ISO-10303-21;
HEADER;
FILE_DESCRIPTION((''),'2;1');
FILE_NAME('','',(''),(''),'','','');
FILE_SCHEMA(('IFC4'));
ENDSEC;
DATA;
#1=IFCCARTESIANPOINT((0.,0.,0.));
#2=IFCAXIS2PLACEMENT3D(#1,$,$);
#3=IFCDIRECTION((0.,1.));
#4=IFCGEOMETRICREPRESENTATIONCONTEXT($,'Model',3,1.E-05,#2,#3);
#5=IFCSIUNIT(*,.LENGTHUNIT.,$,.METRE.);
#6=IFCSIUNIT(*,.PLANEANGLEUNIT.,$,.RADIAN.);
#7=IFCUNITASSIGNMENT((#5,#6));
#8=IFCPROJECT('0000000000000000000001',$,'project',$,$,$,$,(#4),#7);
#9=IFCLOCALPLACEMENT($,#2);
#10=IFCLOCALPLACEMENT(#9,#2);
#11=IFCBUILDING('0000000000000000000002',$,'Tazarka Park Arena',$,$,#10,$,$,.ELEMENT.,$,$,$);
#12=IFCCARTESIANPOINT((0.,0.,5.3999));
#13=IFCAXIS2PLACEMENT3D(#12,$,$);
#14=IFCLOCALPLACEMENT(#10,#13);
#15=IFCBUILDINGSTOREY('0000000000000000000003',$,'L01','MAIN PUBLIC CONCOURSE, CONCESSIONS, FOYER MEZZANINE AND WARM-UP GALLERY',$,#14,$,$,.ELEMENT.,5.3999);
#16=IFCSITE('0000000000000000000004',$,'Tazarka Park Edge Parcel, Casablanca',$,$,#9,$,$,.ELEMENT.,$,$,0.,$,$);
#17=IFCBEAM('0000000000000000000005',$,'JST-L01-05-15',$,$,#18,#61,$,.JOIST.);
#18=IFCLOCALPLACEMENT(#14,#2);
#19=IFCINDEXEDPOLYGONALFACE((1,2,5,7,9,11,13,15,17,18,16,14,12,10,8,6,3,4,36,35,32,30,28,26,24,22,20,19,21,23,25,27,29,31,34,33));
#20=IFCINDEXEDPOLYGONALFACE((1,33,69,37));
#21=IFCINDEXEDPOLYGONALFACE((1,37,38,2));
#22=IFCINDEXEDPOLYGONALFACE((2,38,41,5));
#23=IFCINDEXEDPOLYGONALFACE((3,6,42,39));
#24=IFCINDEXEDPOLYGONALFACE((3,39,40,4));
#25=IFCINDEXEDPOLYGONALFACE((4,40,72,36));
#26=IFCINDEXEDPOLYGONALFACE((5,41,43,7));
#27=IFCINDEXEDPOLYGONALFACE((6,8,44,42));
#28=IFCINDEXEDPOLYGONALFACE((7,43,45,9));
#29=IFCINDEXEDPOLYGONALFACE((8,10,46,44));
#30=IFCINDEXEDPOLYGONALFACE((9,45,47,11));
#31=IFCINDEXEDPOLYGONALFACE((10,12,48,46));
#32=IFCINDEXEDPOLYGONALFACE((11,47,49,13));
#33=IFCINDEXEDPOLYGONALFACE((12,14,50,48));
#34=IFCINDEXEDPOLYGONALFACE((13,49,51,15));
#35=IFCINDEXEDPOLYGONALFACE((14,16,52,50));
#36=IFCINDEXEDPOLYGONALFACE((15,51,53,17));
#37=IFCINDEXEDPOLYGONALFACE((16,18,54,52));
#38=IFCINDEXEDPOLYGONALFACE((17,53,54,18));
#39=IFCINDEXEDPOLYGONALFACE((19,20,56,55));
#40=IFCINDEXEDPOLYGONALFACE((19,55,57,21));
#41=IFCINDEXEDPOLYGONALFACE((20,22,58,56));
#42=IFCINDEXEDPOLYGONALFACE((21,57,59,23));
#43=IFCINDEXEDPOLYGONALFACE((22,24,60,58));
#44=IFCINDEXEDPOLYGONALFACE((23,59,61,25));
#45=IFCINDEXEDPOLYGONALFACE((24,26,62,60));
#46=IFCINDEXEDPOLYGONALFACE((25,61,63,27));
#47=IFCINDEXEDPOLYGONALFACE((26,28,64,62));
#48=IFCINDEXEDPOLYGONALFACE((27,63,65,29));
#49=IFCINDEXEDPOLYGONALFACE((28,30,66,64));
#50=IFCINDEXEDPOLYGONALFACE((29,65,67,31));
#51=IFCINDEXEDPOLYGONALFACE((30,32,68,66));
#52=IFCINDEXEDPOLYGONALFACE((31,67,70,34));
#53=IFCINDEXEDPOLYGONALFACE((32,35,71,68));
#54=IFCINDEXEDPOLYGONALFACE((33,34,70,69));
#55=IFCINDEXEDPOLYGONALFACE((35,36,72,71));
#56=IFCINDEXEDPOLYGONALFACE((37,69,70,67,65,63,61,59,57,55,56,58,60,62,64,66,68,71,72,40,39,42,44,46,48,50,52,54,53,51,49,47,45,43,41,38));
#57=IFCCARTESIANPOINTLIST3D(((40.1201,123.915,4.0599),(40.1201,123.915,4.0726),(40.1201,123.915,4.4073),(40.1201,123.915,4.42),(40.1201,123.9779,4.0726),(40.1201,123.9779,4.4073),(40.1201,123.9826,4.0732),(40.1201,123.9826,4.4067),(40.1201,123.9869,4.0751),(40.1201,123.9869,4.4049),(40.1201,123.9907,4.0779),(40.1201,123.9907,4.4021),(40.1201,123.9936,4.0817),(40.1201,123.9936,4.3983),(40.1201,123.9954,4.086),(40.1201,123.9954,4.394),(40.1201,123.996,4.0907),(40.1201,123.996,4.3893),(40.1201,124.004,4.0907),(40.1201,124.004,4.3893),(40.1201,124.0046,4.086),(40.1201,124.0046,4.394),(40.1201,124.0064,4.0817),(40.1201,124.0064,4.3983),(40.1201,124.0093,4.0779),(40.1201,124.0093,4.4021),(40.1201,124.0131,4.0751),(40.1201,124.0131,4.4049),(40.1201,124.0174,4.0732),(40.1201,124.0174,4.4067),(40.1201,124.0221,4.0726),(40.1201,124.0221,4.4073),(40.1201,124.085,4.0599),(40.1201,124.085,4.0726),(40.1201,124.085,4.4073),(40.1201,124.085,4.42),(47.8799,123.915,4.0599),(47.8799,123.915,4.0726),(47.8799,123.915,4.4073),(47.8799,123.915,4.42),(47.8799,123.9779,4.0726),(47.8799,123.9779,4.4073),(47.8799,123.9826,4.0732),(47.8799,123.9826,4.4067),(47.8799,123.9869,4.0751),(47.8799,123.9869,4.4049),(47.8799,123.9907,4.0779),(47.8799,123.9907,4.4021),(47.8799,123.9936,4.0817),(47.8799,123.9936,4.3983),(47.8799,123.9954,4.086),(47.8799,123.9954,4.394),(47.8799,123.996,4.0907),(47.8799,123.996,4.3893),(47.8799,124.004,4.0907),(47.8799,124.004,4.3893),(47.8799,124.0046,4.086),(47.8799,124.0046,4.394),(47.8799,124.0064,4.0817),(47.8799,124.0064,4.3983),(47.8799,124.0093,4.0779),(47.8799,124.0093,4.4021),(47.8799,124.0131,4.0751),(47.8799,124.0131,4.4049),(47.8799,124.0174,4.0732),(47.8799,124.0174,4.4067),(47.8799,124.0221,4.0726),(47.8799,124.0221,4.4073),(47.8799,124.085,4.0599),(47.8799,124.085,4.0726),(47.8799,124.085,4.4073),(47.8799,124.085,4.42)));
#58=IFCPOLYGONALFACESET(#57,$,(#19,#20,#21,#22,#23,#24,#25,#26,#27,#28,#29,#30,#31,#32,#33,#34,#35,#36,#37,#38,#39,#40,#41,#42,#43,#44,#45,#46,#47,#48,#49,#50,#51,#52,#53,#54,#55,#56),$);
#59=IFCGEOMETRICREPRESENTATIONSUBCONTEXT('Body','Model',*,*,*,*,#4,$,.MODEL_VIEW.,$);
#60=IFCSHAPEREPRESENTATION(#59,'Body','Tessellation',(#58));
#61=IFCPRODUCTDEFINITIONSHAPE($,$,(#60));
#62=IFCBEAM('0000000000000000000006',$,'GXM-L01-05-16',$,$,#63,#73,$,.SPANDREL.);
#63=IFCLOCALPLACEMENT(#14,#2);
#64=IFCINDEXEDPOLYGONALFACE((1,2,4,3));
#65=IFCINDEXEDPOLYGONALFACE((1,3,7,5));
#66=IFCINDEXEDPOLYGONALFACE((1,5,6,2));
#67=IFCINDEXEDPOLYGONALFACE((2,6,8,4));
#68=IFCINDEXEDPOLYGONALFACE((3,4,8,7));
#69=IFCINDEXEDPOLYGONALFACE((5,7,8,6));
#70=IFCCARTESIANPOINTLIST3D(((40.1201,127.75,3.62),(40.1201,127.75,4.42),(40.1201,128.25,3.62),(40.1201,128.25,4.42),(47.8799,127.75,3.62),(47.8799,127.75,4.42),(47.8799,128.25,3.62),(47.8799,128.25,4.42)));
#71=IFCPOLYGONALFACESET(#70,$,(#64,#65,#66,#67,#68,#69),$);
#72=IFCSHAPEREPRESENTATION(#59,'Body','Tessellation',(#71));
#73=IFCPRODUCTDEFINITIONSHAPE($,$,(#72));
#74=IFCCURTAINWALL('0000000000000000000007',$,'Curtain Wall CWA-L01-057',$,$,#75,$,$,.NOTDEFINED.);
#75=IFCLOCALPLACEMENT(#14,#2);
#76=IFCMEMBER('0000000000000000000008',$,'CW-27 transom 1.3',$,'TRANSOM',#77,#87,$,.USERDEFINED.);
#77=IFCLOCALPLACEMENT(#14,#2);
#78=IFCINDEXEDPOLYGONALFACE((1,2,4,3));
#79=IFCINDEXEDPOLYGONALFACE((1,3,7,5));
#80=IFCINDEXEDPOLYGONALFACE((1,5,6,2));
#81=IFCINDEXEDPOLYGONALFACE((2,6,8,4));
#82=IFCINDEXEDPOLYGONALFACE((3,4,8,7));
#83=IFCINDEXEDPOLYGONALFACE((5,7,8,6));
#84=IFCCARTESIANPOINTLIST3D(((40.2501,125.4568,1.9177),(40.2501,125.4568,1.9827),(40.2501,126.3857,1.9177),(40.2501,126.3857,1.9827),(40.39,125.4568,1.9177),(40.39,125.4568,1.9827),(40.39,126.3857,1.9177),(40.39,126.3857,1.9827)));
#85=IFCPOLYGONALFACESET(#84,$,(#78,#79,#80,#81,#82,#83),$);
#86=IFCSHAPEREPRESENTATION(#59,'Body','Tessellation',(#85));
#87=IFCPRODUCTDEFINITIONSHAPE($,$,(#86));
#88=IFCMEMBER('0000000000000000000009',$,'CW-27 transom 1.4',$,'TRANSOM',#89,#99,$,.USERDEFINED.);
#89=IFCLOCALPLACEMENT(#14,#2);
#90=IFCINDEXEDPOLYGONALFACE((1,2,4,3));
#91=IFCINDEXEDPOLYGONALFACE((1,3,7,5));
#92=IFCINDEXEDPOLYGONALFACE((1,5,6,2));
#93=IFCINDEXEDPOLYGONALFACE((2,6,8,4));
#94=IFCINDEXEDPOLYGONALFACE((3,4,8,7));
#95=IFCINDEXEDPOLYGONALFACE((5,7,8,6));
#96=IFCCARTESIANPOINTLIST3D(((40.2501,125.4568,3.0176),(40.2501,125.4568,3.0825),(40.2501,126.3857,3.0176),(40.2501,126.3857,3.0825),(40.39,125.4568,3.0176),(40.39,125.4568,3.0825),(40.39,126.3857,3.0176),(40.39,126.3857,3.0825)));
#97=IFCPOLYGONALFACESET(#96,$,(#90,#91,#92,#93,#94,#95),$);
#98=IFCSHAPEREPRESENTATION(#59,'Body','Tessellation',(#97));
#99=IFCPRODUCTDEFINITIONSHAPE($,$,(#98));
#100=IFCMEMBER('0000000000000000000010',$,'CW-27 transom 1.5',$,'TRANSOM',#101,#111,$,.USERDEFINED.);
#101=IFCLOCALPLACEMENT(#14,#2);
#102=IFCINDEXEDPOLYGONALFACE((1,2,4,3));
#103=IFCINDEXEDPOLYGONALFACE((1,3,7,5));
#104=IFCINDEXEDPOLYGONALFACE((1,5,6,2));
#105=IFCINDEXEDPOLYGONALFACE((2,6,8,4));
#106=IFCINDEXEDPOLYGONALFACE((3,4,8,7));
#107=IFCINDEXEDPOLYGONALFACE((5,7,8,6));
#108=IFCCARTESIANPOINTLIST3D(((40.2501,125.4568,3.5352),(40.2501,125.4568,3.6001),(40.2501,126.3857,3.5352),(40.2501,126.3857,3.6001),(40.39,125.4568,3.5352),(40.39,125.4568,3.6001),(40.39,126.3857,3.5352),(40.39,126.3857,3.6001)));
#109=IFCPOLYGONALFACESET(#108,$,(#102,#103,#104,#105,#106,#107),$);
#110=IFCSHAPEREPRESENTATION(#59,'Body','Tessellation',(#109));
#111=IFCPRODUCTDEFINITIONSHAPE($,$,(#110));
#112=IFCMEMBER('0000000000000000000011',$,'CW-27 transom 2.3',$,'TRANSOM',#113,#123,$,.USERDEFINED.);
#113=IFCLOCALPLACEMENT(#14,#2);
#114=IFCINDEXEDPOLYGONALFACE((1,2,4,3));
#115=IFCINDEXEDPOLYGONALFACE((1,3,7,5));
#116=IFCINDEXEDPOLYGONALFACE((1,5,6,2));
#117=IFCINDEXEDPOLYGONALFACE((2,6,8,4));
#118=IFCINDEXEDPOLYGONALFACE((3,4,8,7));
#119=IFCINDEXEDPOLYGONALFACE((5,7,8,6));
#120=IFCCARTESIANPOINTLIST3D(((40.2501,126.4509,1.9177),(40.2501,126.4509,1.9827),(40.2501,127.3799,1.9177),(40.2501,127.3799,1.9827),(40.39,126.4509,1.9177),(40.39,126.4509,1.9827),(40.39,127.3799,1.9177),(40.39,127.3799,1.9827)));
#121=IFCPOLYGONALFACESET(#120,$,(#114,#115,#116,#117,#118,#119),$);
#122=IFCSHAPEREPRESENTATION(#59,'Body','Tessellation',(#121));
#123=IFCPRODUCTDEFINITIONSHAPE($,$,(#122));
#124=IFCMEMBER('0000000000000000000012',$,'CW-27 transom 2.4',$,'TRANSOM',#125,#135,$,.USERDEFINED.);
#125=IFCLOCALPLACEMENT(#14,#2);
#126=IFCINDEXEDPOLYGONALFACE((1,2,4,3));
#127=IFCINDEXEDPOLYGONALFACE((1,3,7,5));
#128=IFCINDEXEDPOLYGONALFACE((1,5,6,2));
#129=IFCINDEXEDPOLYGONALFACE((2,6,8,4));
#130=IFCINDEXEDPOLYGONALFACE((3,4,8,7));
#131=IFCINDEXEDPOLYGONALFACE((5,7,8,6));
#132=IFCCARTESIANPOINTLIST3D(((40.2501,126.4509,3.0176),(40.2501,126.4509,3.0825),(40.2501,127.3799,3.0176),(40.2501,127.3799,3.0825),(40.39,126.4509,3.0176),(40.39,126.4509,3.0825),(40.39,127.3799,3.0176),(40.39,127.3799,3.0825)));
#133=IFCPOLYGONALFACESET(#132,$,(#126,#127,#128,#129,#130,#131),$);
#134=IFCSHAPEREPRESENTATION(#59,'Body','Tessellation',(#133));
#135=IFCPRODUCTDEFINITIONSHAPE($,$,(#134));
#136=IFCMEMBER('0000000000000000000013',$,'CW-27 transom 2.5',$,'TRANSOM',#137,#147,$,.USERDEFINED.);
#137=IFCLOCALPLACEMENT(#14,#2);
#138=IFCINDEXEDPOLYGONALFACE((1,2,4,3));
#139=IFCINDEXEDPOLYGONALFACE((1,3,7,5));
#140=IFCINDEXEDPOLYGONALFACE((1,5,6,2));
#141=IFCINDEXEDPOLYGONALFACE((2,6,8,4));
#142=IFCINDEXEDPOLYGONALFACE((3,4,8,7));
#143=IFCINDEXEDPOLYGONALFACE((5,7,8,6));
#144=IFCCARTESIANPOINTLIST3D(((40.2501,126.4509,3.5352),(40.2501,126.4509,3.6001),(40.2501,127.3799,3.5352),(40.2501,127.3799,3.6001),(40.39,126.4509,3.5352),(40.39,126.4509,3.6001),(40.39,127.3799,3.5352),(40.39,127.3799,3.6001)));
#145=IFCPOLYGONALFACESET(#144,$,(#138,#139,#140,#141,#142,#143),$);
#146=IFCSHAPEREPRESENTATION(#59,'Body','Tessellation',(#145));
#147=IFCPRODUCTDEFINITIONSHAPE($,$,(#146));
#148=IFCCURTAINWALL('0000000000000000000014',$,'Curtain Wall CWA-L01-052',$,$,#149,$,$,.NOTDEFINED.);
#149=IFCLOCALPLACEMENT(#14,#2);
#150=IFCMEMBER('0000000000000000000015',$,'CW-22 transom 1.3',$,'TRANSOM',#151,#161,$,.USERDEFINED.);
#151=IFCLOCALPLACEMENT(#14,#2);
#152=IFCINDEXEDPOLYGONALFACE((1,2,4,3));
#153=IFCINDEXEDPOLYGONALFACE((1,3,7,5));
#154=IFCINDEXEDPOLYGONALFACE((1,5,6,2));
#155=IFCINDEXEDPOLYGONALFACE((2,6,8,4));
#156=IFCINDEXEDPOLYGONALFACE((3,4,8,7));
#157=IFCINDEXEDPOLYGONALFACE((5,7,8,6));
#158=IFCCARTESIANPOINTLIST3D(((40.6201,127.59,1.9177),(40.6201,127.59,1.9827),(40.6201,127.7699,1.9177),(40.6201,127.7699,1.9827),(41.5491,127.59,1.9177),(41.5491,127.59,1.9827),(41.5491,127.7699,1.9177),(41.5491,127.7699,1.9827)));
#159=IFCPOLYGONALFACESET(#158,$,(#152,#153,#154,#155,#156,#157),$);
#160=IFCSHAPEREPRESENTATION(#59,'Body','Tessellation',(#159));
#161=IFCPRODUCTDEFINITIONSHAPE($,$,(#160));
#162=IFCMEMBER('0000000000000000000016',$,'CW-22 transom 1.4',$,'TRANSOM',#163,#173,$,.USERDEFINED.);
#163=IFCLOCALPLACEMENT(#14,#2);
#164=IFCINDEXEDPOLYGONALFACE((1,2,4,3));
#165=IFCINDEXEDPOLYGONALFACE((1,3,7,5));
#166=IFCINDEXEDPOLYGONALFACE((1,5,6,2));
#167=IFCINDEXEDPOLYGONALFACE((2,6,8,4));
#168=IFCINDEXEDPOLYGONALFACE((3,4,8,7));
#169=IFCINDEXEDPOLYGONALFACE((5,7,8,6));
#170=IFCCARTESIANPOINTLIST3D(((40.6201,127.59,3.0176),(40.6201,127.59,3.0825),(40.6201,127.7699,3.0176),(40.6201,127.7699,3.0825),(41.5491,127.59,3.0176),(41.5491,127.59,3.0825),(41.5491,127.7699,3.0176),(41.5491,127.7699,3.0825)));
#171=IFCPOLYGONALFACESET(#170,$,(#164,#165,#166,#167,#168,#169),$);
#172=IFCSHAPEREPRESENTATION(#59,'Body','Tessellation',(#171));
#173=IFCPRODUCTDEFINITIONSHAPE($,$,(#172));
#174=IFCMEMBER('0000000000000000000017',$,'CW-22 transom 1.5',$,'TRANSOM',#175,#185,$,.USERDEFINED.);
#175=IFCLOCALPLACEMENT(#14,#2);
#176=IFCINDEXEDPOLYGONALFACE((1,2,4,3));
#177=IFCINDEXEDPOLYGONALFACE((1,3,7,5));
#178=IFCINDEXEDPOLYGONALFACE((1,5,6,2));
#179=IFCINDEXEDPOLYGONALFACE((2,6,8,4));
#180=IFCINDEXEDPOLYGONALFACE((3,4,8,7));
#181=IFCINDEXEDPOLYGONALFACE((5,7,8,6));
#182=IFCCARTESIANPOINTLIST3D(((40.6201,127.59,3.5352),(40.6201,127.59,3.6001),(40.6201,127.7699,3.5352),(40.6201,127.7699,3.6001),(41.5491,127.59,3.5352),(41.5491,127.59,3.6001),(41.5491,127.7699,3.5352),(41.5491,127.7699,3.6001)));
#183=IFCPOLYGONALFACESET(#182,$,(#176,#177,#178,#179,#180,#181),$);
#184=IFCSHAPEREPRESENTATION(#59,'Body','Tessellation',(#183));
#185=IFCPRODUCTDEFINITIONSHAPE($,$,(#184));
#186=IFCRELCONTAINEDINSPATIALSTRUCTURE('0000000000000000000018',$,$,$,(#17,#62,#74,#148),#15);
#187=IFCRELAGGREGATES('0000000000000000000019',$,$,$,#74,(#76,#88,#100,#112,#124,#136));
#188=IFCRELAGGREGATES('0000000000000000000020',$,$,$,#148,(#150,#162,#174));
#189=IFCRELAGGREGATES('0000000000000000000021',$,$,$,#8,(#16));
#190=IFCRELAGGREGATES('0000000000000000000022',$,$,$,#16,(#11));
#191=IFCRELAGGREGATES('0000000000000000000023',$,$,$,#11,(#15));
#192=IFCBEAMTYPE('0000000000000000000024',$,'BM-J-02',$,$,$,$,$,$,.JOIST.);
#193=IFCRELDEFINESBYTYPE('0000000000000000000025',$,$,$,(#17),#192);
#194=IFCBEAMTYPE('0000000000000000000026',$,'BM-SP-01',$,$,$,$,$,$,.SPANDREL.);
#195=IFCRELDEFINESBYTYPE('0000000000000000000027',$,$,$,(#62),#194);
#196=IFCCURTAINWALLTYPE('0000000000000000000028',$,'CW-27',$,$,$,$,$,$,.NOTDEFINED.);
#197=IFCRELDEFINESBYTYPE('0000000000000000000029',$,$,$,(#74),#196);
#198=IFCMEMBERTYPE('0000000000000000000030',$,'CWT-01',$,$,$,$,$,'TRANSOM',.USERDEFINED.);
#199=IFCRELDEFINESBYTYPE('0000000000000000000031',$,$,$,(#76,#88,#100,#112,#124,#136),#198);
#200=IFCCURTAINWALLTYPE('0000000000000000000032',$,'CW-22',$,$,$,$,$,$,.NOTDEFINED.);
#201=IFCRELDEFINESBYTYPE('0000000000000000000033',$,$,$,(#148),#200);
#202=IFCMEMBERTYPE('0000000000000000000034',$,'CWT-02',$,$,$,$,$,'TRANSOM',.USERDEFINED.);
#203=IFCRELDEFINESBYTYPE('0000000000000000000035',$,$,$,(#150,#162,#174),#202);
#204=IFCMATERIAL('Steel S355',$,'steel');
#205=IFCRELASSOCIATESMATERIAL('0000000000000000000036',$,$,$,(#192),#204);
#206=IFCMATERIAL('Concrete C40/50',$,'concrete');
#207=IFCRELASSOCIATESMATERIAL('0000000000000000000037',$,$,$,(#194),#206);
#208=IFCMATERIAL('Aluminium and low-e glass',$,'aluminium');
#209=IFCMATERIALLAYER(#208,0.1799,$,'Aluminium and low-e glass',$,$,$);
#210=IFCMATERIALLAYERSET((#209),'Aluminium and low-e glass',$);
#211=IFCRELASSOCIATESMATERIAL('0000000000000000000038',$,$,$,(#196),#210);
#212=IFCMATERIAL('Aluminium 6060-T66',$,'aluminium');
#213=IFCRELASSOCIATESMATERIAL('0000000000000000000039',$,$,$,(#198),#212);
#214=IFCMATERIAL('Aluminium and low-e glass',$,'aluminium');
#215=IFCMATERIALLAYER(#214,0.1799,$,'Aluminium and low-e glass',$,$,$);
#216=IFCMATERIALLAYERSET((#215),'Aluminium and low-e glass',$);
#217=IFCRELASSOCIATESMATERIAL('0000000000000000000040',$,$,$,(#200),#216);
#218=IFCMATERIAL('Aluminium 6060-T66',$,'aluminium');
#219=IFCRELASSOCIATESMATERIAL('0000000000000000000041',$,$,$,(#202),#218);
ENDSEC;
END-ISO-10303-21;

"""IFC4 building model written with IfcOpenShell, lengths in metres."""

from ifc_helpers import new_model, si_unit, direction, frame, origin, origin_2d, place, context, subcontext, project, spatial, rectangle, i_section, extrude, material, layer, layer_set, material_profile, profile_set, type_object, element, aggregate, save


model = new_model("IFC4")

# Units and contexts
model_context = context("Model", 3, precision=1e-05, world=origin(), true_north=direction((0.0, 1.0)))
body_context = subcontext(model_context, "Body", "Model", "MODEL_VIEW")
ifc_project = project(units=[si_unit("LENGTHUNIT", "METRE"), si_unit("PLANEANGLEUNIT", "RADIAN")], contexts=[model_context])

# Site, building, storey
site_placement = place(None, origin())
site = spatial("IfcSite", under=ifc_project, at=site_placement, Name="Tazarka Park Edge Parcel, Casablanca", CompositionType="ELEMENT", RefElevation=0.0)
building_placement = place(site_placement, origin())
building = spatial("IfcBuilding", under=site, at=building_placement, Name="Tazarka Park Arena", CompositionType="ELEMENT")
storey_placement = place(building_placement, frame((0.0, 0.0, 5.3999)))
storey = spatial("IfcBuildingStorey", under=building, at=storey_placement, Name="L01", Description="MAIN PUBLIC CONCOURSE, CONCESSIONS, FOYER MEZZANINE AND WARM-UP GALLERY", CompositionType="ELEMENT", Elevation=5.3999)

# Beams
ifc_material_1 = material(Name="Steel S355", Category="steel")
ifc_material_profile_1 = material_profile(ifc_material_1, i_section(OverallWidth=0.1699, OverallDepth=0.3601, WebThickness=0.0081, FlangeThickness=0.0127, FilletRadius=0.0181, at=origin_2d()), Name="Steel S355")
ifc_profile_set_1 = profile_set([ifc_material_profile_1], Name="Steel S355")
beam_type_1 = type_object("IfcBeamType", Name="BM-J-02", PredefinedType="JOIST", material=ifc_profile_set_1)
beam_1_placement = place(storey_placement, frame((40.1201, 124.0, 4.24), z_axis=(1.0, 0.0, 0.0), x_axis=(0.0, 1.0, 0.0)))
element("IfcBeam", 1, at=beam_1_placement, inside=storey, type_object=beam_type_1, Name="JST-L01-05-15", PredefinedType="JOIST", context=body_context, shape_type="SweptSolid", body=[
    extrude(i_section(OverallWidth=0.1699, OverallDepth=0.3601, WebThickness=0.0081, FlangeThickness=0.0127, FilletRadius=0.0181, at=origin_2d()), origin(), (0.0, 0.0, 1.0), 7.7598),
])
ifc_material_2 = material(Name="Concrete C40/50", Category="concrete")
ifc_material_profile_2 = material_profile(ifc_material_2, rectangle(XDim=0.5, YDim=0.8, at=origin_2d()), Name="Concrete C40/50")
ifc_profile_set_2 = profile_set([ifc_material_profile_2], Name="Concrete C40/50")
beam_type_2 = type_object("IfcBeamType", Name="BM-SP-01", PredefinedType="SPANDREL", material=ifc_profile_set_2)
beam_2_placement = place(storey_placement, frame((40.1201, 128.0, 4.02), z_axis=(1.0, 0.0, 0.0), x_axis=(0.0, 1.0, 0.0)))
element("IfcBeam", 2, at=beam_2_placement, inside=storey, type_object=beam_type_2, Name="GXM-L01-05-16", PredefinedType="SPANDREL", context=body_context, shape_type="SweptSolid", body=[
    extrude(rectangle(XDim=0.5, YDim=0.8, at=origin_2d()), origin(), (0.0, 0.0, 1.0), 7.7598),
])

# Curtain walls, members
ifc_material_3 = material(Name="Aluminium and low-e glass", Category="aluminium")
ifc_layer_1 = layer(ifc_material_3, 0.1799, Name="Aluminium and low-e glass")
ifc_layer_set_1 = layer_set([ifc_layer_1], Name="Aluminium and low-e glass")
curtain_wall_type_1 = type_object("IfcCurtainWallType", Name="CW-27", PredefinedType="NOTDEFINED", material=ifc_layer_set_1)
curtain_wall_1_placement = place(storey_placement, origin())
curtain_wall_1 = element("IfcCurtainWall", 3, at=curtain_wall_1_placement, inside=storey, type_object=curtain_wall_type_1, Name="Curtain Wall CWA-L01-057", PredefinedType="NOTDEFINED")
ifc_material_4 = material(Name="Aluminium 6060-T66", Category="aluminium")
ifc_material_profile_3 = material_profile(ifc_material_4, rectangle(XDim=0.1399, YDim=0.0649, at=origin_2d()), Name="Aluminium 6060-T66")
ifc_profile_set_3 = profile_set([ifc_material_profile_3], Name="Aluminium 6060-T66")
member_type_1 = type_object("IfcMemberType", Name="CWT-01", ElementType="TRANSOM", PredefinedType="USERDEFINED", material=ifc_profile_set_3)
member_1_placement = place(storey_placement, frame((40.3201, 125.4568, 1.9502), z_axis=(0.0, 1.0, 0.0), x_axis=(-1.0, 0.0, 0.0)))
member_1 = element("IfcMember", 4, at=member_1_placement, type_object=member_type_1, Name="CW-27 transom 1.3", ObjectType="TRANSOM", PredefinedType="USERDEFINED", context=body_context, shape_type="SweptSolid", body=[
    extrude(rectangle(XDim=0.1399, YDim=0.0649, at=origin_2d()), origin(), (0.0, 0.0, 1.0), 0.929),
])
member_2_placement = place(storey_placement, frame((40.3201, 125.4568, 3.05), z_axis=(0.0, 1.0, 0.0), x_axis=(-1.0, 0.0, 0.0)))
member_2 = element("IfcMember", 5, at=member_2_placement, type_object=member_type_1, Name="CW-27 transom 1.4", ObjectType="TRANSOM", PredefinedType="USERDEFINED", context=body_context, shape_type="SweptSolid", body=[
    extrude(rectangle(XDim=0.1399, YDim=0.0649, at=origin_2d()), origin(), (0.0, 0.0, 1.0), 0.929),
])
member_3_placement = place(storey_placement, frame((40.3201, 125.4568, 3.5676), z_axis=(0.0, 1.0, 0.0), x_axis=(-1.0, 0.0, 0.0)))
member_3 = element("IfcMember", 6, at=member_3_placement, type_object=member_type_1, Name="CW-27 transom 1.5", ObjectType="TRANSOM", PredefinedType="USERDEFINED", context=body_context, shape_type="SweptSolid", body=[
    extrude(rectangle(XDim=0.1399, YDim=0.0649, at=origin_2d()), origin(), (0.0, 0.0, 1.0), 0.929),
])
member_4_placement = place(storey_placement, frame((40.3201, 126.4509, 1.9502), z_axis=(0.0, 1.0, 0.0), x_axis=(-1.0, 0.0, 0.0)))
member_4 = element("IfcMember", 7, at=member_4_placement, type_object=member_type_1, Name="CW-27 transom 2.3", ObjectType="TRANSOM", PredefinedType="USERDEFINED", context=body_context, shape_type="SweptSolid", body=[
    extrude(rectangle(XDim=0.1399, YDim=0.0649, at=origin_2d()), origin(), (0.0, 0.0, 1.0), 0.929),
])
member_5_placement = place(storey_placement, frame((40.3201, 126.4509, 3.05), z_axis=(0.0, 1.0, 0.0), x_axis=(-1.0, 0.0, 0.0)))
member_5 = element("IfcMember", 8, at=member_5_placement, type_object=member_type_1, Name="CW-27 transom 2.4", ObjectType="TRANSOM", PredefinedType="USERDEFINED", context=body_context, shape_type="SweptSolid", body=[
    extrude(rectangle(XDim=0.1399, YDim=0.0649, at=origin_2d()), origin(), (0.0, 0.0, 1.0), 0.929),
])
member_6_placement = place(storey_placement, frame((40.3201, 126.4509, 3.5676), z_axis=(0.0, 1.0, 0.0), x_axis=(-1.0, 0.0, 0.0)))
member_6 = element("IfcMember", 9, at=member_6_placement, type_object=member_type_1, Name="CW-27 transom 2.5", ObjectType="TRANSOM", PredefinedType="USERDEFINED", context=body_context, shape_type="SweptSolid", body=[
    extrude(rectangle(XDim=0.1399, YDim=0.0649, at=origin_2d()), origin(), (0.0, 0.0, 1.0), 0.929),
])
ifc_material_5 = material(Name="Aluminium and low-e glass", Category="aluminium")
ifc_layer_2 = layer(ifc_material_5, 0.1799, Name="Aluminium and low-e glass")
ifc_layer_set_2 = layer_set([ifc_layer_2], Name="Aluminium and low-e glass")
curtain_wall_type_2 = type_object("IfcCurtainWallType", Name="CW-22", PredefinedType="NOTDEFINED", material=ifc_layer_set_2)
curtain_wall_2_placement = place(storey_placement, origin())
curtain_wall_2 = element("IfcCurtainWall", 10, at=curtain_wall_2_placement, inside=storey, type_object=curtain_wall_type_2, Name="Curtain Wall CWA-L01-052", PredefinedType="NOTDEFINED")
ifc_material_6 = material(Name="Aluminium 6060-T66", Category="aluminium")
ifc_material_profile_4 = material_profile(ifc_material_6, rectangle(XDim=0.1799, YDim=0.0649, at=origin_2d()), Name="Aluminium 6060-T66")
ifc_profile_set_4 = profile_set([ifc_material_profile_4], Name="Aluminium 6060-T66")
member_type_2 = type_object("IfcMemberType", Name="CWT-02", ElementType="TRANSOM", PredefinedType="USERDEFINED", material=ifc_profile_set_4)
member_7_placement = place(storey_placement, frame((40.6201, 127.6799, 1.9502), z_axis=(1.0, 0.0, 0.0), x_axis=(0.0, 1.0, 0.0)))
member_7 = element("IfcMember", 11, at=member_7_placement, type_object=member_type_2, Name="CW-22 transom 1.3", ObjectType="TRANSOM", PredefinedType="USERDEFINED", context=body_context, shape_type="SweptSolid", body=[
    extrude(rectangle(XDim=0.1799, YDim=0.0649, at=origin_2d()), origin(), (0.0, 0.0, 1.0), 0.929),
])
member_8_placement = place(storey_placement, frame((40.6201, 127.6799, 3.05), z_axis=(1.0, 0.0, 0.0), x_axis=(0.0, 1.0, 0.0)))
member_8 = element("IfcMember", 12, at=member_8_placement, type_object=member_type_2, Name="CW-22 transom 1.4", ObjectType="TRANSOM", PredefinedType="USERDEFINED", context=body_context, shape_type="SweptSolid", body=[
    extrude(rectangle(XDim=0.1799, YDim=0.0649, at=origin_2d()), origin(), (0.0, 0.0, 1.0), 0.929),
])
member_9_placement = place(storey_placement, frame((40.6201, 127.6799, 3.5676), z_axis=(1.0, 0.0, 0.0), x_axis=(0.0, 1.0, 0.0)))
member_9 = element("IfcMember", 13, at=member_9_placement, type_object=member_type_2, Name="CW-22 transom 1.5", ObjectType="TRANSOM", PredefinedType="USERDEFINED", context=body_context, shape_type="SweptSolid", body=[
    extrude(rectangle(XDim=0.1799, YDim=0.0649, at=origin_2d()), origin(), (0.0, 0.0, 1.0), 0.929),
])

aggregate(curtain_wall_1, [member_1, member_2, member_3, member_4, member_5, member_6])
aggregate(curtain_wall_2, [member_7, member_8, member_9])

save(model, "model.ifc")
